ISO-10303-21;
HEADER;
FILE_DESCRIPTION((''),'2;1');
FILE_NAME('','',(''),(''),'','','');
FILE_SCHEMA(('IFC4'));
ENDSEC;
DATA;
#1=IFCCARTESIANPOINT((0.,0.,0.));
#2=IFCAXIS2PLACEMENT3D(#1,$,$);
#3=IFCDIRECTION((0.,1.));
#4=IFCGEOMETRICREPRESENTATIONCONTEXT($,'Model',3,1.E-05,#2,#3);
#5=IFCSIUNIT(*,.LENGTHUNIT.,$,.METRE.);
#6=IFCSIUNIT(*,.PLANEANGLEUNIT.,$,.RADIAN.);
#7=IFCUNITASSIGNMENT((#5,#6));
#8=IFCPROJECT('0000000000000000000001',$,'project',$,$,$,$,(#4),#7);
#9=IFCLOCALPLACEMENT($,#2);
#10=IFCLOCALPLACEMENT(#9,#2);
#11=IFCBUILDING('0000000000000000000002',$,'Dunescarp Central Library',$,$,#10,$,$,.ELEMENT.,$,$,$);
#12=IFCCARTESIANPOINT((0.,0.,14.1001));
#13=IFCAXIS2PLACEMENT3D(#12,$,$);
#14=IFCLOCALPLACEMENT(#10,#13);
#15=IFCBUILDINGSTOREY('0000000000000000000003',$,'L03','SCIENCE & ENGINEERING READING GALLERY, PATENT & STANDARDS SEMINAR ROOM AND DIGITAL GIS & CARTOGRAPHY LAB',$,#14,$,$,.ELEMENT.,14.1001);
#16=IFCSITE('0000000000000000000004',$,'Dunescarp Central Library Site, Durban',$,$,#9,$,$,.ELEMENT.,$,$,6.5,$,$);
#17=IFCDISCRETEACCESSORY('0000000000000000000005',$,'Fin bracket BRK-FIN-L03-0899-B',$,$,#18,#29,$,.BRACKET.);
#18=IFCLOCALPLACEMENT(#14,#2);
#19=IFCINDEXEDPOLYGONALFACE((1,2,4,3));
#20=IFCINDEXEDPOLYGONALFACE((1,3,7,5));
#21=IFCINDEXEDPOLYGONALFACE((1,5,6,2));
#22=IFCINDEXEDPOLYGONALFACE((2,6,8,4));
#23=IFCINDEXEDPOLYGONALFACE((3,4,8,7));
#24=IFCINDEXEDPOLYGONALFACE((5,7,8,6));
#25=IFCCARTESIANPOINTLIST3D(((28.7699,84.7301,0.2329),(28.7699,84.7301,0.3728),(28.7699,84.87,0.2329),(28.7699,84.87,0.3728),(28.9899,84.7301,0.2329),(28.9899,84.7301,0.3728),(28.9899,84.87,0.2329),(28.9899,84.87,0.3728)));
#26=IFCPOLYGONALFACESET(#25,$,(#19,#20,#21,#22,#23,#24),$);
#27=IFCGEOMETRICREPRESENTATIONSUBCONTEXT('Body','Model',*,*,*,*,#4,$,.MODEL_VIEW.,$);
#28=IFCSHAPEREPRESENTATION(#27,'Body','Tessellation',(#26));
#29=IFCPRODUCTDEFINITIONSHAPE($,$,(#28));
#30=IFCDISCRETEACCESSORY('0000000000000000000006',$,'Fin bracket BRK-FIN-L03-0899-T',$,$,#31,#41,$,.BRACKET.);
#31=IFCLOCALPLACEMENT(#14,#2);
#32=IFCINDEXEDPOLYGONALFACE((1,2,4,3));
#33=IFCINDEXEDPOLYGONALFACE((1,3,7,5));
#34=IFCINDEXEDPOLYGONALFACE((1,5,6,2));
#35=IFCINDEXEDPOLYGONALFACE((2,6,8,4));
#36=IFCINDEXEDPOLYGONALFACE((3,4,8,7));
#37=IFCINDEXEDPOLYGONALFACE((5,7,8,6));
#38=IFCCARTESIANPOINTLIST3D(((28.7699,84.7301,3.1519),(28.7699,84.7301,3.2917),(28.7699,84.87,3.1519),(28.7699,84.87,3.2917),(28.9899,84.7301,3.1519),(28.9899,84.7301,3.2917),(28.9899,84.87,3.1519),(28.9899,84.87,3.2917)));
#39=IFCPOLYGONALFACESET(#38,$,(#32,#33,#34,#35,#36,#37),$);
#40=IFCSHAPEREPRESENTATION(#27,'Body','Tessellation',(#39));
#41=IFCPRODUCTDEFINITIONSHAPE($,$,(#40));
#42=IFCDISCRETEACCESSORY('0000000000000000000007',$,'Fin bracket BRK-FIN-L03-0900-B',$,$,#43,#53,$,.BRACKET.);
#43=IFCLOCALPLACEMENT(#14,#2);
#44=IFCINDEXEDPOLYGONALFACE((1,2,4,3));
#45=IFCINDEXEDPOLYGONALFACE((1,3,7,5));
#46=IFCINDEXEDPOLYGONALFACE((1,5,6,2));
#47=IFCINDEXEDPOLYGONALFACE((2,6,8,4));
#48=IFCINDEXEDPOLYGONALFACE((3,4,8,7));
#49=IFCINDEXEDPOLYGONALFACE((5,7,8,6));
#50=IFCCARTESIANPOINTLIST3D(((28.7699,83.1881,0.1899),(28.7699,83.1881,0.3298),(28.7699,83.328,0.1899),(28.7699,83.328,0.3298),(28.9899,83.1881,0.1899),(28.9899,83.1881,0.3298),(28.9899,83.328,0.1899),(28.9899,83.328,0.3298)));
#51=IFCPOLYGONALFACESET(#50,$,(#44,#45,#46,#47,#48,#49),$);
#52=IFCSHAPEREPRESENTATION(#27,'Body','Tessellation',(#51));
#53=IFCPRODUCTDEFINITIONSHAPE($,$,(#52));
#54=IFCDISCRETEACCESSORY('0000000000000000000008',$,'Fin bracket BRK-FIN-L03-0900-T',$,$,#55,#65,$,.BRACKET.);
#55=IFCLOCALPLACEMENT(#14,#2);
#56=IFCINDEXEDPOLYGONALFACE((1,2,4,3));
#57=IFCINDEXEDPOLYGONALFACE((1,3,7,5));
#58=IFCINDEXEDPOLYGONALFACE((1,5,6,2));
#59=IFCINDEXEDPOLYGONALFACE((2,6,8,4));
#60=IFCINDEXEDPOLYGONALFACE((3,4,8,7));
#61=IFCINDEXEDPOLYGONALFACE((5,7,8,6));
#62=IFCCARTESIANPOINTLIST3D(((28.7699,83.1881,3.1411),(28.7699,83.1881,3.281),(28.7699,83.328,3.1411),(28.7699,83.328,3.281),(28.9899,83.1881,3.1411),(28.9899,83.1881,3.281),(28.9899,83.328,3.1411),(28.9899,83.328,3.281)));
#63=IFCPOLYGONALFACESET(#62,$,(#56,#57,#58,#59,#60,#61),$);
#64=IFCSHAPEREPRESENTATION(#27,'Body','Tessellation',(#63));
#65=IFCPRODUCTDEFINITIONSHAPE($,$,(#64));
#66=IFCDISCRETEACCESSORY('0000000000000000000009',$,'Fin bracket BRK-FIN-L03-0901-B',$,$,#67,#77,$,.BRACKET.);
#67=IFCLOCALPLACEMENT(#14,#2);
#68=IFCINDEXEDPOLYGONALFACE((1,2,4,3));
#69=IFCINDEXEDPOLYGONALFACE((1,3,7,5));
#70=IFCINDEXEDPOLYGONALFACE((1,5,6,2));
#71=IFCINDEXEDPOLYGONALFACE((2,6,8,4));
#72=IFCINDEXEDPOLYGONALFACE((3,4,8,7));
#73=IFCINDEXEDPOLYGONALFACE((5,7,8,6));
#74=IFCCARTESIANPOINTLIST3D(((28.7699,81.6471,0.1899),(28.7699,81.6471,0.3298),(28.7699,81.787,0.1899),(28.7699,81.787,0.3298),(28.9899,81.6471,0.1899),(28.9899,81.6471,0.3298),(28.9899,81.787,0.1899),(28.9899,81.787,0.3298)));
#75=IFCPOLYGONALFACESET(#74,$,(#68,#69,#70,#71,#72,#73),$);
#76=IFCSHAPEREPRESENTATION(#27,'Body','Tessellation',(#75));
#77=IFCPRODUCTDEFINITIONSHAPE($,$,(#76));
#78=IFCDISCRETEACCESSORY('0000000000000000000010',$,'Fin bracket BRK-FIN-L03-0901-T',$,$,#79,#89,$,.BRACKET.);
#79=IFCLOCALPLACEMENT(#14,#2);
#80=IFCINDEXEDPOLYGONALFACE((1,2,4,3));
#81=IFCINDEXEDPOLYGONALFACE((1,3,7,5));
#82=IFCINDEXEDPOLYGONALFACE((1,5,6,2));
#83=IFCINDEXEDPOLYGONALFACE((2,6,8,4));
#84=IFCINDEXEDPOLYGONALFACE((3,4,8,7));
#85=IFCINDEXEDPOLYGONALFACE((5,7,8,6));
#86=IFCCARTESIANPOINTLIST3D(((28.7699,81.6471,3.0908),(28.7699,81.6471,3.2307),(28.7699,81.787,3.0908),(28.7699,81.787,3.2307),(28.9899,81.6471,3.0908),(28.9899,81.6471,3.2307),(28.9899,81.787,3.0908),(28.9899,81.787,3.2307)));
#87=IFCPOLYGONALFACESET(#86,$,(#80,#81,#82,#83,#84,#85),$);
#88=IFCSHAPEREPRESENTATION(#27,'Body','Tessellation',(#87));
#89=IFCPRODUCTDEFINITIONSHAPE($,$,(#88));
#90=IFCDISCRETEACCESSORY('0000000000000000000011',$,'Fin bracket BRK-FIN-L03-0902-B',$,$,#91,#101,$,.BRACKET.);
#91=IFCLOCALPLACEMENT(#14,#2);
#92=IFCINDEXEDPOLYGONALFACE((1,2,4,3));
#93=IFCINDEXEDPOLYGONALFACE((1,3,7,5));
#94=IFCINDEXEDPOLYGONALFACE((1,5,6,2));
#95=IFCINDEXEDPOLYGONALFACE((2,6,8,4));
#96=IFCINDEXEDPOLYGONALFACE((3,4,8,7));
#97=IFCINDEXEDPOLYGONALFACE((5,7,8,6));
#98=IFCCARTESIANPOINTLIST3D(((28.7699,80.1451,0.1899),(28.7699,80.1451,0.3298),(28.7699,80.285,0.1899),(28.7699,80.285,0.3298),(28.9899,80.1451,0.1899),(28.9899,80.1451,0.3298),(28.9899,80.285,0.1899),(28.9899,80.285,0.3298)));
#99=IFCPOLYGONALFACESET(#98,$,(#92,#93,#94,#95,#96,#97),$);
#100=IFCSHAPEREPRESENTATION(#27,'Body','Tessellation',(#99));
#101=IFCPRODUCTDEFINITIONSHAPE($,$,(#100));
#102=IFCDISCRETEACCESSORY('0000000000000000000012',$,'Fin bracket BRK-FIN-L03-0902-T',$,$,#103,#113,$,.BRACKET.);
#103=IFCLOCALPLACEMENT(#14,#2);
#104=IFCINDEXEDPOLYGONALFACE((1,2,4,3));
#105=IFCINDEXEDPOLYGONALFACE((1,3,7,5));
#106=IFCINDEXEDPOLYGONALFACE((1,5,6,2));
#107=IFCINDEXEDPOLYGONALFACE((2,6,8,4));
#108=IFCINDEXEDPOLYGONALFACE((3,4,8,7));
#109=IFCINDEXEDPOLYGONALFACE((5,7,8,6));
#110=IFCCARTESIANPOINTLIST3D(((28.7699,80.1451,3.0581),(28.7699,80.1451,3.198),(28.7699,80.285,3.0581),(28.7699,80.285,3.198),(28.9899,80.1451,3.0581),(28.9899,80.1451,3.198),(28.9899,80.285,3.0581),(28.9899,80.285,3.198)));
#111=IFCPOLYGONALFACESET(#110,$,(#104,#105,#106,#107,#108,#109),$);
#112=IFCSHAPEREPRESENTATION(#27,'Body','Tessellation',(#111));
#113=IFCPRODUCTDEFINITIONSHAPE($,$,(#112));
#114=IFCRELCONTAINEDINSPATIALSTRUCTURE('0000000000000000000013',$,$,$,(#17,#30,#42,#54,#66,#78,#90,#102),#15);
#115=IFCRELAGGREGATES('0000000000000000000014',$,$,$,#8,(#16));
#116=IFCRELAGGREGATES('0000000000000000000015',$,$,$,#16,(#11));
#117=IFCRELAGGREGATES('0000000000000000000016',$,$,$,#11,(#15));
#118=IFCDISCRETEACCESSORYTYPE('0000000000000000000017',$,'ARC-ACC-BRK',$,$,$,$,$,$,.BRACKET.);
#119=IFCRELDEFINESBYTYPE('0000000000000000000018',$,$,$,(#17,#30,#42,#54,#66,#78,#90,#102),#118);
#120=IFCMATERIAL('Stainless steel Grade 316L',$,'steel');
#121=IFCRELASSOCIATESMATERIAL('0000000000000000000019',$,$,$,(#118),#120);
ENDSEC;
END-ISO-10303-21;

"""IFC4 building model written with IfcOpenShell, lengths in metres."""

from ifc_helpers import new_model, si_unit, direction, frame, origin, origin_2d, place, context, subcontext, project, spatial, rectangle, extrude, material, type_object, element, save


model = new_model("IFC4")

# Units and contexts
model_context = context("Model", 3, precision=1e-05, world=origin(), true_north=direction((0.0, 1.0)))
body_context = subcontext(model_context, "Body", "Model", "MODEL_VIEW")
ifc_project = project(units=[si_unit("LENGTHUNIT", "METRE"), si_unit("PLANEANGLEUNIT", "RADIAN")], contexts=[model_context])

# Site, building, storey
site_placement = place(None, origin())
site = spatial("IfcSite", under=ifc_project, at=site_placement, Name="Dunescarp Central Library Site, Durban", CompositionType="ELEMENT", RefElevation=6.5)
building_placement = place(site_placement, origin())
building = spatial("IfcBuilding", under=site, at=building_placement, Name="Dunescarp Central Library", CompositionType="ELEMENT")
storey_placement = place(building_placement, frame((0.0, 0.0, 14.1001)))
storey = spatial("IfcBuildingStorey", under=building, at=storey_placement, Name="L03", Description="SCIENCE & ENGINEERING READING GALLERY, PATENT & STANDARDS SEMINAR ROOM AND DIGITAL GIS & CARTOGRAPHY LAB", CompositionType="ELEMENT", Elevation=14.1001)

# Discrete accessories
ifc_material_1 = material(Name="Stainless steel Grade 316L", Category="steel")
discrete_accessory_type = type_object("IfcDiscreteAccessoryType", Name="ARC-ACC-BRK", PredefinedType="BRACKET", material=ifc_material_1)
for number, where, z_axis, x_axis, name in (
    (1, (28.8799, 84.8, 0.2329), (0.0, 0.0, 1.0), (1.0, 0.0, 0.0), "Fin bracket BRK-FIN-L03-0899-B"),
    (2, (28.8799, 84.8, 3.1519), (0.0, 0.0, 1.0), (1.0, 0.0, 0.0), "Fin bracket BRK-FIN-L03-0899-T"),
    (3, (28.8799, 83.2581, 0.1899), (0.0, 0.0, 1.0), (1.0, 0.0, 0.0), "Fin bracket BRK-FIN-L03-0900-B"),
    (4, (28.8799, 83.2581, 3.1411), (0.0, 0.0, 1.0), (1.0, 0.0, 0.0), "Fin bracket BRK-FIN-L03-0900-T"),
    (5, (28.8799, 81.717, 0.1899), (0.0, 0.0, 1.0), (1.0, 0.0, 0.0), "Fin bracket BRK-FIN-L03-0901-B"),
    (6, (28.8799, 81.717, 3.0908), (0.0, 0.0, 1.0), (1.0, 0.0, 0.0), "Fin bracket BRK-FIN-L03-0901-T"),
    (7, (28.8799, 80.2151, 0.1899), (0.0, 0.0, 1.0), (1.0, 0.0, 0.0), "Fin bracket BRK-FIN-L03-0902-B"),
    (8, (28.8799, 80.2151, 3.0581), (0.0, 0.0, 1.0), (1.0, 0.0, 0.0), "Fin bracket BRK-FIN-L03-0902-T"),
):
    element("IfcDiscreteAccessory", number, at=place(storey_placement, frame(where, z_axis=z_axis, x_axis=x_axis)), inside=storey, type_object=discrete_accessory_type, Name=name, PredefinedType="BRACKET", context=body_context, shape_type="SweptSolid", body=[
        extrude(rectangle(XDim=0.22, YDim=0.1399, at=origin_2d()), origin(), (0.0, 0.0, 1.0), 0.1399),
    ])

save(model, "model.ifc")
